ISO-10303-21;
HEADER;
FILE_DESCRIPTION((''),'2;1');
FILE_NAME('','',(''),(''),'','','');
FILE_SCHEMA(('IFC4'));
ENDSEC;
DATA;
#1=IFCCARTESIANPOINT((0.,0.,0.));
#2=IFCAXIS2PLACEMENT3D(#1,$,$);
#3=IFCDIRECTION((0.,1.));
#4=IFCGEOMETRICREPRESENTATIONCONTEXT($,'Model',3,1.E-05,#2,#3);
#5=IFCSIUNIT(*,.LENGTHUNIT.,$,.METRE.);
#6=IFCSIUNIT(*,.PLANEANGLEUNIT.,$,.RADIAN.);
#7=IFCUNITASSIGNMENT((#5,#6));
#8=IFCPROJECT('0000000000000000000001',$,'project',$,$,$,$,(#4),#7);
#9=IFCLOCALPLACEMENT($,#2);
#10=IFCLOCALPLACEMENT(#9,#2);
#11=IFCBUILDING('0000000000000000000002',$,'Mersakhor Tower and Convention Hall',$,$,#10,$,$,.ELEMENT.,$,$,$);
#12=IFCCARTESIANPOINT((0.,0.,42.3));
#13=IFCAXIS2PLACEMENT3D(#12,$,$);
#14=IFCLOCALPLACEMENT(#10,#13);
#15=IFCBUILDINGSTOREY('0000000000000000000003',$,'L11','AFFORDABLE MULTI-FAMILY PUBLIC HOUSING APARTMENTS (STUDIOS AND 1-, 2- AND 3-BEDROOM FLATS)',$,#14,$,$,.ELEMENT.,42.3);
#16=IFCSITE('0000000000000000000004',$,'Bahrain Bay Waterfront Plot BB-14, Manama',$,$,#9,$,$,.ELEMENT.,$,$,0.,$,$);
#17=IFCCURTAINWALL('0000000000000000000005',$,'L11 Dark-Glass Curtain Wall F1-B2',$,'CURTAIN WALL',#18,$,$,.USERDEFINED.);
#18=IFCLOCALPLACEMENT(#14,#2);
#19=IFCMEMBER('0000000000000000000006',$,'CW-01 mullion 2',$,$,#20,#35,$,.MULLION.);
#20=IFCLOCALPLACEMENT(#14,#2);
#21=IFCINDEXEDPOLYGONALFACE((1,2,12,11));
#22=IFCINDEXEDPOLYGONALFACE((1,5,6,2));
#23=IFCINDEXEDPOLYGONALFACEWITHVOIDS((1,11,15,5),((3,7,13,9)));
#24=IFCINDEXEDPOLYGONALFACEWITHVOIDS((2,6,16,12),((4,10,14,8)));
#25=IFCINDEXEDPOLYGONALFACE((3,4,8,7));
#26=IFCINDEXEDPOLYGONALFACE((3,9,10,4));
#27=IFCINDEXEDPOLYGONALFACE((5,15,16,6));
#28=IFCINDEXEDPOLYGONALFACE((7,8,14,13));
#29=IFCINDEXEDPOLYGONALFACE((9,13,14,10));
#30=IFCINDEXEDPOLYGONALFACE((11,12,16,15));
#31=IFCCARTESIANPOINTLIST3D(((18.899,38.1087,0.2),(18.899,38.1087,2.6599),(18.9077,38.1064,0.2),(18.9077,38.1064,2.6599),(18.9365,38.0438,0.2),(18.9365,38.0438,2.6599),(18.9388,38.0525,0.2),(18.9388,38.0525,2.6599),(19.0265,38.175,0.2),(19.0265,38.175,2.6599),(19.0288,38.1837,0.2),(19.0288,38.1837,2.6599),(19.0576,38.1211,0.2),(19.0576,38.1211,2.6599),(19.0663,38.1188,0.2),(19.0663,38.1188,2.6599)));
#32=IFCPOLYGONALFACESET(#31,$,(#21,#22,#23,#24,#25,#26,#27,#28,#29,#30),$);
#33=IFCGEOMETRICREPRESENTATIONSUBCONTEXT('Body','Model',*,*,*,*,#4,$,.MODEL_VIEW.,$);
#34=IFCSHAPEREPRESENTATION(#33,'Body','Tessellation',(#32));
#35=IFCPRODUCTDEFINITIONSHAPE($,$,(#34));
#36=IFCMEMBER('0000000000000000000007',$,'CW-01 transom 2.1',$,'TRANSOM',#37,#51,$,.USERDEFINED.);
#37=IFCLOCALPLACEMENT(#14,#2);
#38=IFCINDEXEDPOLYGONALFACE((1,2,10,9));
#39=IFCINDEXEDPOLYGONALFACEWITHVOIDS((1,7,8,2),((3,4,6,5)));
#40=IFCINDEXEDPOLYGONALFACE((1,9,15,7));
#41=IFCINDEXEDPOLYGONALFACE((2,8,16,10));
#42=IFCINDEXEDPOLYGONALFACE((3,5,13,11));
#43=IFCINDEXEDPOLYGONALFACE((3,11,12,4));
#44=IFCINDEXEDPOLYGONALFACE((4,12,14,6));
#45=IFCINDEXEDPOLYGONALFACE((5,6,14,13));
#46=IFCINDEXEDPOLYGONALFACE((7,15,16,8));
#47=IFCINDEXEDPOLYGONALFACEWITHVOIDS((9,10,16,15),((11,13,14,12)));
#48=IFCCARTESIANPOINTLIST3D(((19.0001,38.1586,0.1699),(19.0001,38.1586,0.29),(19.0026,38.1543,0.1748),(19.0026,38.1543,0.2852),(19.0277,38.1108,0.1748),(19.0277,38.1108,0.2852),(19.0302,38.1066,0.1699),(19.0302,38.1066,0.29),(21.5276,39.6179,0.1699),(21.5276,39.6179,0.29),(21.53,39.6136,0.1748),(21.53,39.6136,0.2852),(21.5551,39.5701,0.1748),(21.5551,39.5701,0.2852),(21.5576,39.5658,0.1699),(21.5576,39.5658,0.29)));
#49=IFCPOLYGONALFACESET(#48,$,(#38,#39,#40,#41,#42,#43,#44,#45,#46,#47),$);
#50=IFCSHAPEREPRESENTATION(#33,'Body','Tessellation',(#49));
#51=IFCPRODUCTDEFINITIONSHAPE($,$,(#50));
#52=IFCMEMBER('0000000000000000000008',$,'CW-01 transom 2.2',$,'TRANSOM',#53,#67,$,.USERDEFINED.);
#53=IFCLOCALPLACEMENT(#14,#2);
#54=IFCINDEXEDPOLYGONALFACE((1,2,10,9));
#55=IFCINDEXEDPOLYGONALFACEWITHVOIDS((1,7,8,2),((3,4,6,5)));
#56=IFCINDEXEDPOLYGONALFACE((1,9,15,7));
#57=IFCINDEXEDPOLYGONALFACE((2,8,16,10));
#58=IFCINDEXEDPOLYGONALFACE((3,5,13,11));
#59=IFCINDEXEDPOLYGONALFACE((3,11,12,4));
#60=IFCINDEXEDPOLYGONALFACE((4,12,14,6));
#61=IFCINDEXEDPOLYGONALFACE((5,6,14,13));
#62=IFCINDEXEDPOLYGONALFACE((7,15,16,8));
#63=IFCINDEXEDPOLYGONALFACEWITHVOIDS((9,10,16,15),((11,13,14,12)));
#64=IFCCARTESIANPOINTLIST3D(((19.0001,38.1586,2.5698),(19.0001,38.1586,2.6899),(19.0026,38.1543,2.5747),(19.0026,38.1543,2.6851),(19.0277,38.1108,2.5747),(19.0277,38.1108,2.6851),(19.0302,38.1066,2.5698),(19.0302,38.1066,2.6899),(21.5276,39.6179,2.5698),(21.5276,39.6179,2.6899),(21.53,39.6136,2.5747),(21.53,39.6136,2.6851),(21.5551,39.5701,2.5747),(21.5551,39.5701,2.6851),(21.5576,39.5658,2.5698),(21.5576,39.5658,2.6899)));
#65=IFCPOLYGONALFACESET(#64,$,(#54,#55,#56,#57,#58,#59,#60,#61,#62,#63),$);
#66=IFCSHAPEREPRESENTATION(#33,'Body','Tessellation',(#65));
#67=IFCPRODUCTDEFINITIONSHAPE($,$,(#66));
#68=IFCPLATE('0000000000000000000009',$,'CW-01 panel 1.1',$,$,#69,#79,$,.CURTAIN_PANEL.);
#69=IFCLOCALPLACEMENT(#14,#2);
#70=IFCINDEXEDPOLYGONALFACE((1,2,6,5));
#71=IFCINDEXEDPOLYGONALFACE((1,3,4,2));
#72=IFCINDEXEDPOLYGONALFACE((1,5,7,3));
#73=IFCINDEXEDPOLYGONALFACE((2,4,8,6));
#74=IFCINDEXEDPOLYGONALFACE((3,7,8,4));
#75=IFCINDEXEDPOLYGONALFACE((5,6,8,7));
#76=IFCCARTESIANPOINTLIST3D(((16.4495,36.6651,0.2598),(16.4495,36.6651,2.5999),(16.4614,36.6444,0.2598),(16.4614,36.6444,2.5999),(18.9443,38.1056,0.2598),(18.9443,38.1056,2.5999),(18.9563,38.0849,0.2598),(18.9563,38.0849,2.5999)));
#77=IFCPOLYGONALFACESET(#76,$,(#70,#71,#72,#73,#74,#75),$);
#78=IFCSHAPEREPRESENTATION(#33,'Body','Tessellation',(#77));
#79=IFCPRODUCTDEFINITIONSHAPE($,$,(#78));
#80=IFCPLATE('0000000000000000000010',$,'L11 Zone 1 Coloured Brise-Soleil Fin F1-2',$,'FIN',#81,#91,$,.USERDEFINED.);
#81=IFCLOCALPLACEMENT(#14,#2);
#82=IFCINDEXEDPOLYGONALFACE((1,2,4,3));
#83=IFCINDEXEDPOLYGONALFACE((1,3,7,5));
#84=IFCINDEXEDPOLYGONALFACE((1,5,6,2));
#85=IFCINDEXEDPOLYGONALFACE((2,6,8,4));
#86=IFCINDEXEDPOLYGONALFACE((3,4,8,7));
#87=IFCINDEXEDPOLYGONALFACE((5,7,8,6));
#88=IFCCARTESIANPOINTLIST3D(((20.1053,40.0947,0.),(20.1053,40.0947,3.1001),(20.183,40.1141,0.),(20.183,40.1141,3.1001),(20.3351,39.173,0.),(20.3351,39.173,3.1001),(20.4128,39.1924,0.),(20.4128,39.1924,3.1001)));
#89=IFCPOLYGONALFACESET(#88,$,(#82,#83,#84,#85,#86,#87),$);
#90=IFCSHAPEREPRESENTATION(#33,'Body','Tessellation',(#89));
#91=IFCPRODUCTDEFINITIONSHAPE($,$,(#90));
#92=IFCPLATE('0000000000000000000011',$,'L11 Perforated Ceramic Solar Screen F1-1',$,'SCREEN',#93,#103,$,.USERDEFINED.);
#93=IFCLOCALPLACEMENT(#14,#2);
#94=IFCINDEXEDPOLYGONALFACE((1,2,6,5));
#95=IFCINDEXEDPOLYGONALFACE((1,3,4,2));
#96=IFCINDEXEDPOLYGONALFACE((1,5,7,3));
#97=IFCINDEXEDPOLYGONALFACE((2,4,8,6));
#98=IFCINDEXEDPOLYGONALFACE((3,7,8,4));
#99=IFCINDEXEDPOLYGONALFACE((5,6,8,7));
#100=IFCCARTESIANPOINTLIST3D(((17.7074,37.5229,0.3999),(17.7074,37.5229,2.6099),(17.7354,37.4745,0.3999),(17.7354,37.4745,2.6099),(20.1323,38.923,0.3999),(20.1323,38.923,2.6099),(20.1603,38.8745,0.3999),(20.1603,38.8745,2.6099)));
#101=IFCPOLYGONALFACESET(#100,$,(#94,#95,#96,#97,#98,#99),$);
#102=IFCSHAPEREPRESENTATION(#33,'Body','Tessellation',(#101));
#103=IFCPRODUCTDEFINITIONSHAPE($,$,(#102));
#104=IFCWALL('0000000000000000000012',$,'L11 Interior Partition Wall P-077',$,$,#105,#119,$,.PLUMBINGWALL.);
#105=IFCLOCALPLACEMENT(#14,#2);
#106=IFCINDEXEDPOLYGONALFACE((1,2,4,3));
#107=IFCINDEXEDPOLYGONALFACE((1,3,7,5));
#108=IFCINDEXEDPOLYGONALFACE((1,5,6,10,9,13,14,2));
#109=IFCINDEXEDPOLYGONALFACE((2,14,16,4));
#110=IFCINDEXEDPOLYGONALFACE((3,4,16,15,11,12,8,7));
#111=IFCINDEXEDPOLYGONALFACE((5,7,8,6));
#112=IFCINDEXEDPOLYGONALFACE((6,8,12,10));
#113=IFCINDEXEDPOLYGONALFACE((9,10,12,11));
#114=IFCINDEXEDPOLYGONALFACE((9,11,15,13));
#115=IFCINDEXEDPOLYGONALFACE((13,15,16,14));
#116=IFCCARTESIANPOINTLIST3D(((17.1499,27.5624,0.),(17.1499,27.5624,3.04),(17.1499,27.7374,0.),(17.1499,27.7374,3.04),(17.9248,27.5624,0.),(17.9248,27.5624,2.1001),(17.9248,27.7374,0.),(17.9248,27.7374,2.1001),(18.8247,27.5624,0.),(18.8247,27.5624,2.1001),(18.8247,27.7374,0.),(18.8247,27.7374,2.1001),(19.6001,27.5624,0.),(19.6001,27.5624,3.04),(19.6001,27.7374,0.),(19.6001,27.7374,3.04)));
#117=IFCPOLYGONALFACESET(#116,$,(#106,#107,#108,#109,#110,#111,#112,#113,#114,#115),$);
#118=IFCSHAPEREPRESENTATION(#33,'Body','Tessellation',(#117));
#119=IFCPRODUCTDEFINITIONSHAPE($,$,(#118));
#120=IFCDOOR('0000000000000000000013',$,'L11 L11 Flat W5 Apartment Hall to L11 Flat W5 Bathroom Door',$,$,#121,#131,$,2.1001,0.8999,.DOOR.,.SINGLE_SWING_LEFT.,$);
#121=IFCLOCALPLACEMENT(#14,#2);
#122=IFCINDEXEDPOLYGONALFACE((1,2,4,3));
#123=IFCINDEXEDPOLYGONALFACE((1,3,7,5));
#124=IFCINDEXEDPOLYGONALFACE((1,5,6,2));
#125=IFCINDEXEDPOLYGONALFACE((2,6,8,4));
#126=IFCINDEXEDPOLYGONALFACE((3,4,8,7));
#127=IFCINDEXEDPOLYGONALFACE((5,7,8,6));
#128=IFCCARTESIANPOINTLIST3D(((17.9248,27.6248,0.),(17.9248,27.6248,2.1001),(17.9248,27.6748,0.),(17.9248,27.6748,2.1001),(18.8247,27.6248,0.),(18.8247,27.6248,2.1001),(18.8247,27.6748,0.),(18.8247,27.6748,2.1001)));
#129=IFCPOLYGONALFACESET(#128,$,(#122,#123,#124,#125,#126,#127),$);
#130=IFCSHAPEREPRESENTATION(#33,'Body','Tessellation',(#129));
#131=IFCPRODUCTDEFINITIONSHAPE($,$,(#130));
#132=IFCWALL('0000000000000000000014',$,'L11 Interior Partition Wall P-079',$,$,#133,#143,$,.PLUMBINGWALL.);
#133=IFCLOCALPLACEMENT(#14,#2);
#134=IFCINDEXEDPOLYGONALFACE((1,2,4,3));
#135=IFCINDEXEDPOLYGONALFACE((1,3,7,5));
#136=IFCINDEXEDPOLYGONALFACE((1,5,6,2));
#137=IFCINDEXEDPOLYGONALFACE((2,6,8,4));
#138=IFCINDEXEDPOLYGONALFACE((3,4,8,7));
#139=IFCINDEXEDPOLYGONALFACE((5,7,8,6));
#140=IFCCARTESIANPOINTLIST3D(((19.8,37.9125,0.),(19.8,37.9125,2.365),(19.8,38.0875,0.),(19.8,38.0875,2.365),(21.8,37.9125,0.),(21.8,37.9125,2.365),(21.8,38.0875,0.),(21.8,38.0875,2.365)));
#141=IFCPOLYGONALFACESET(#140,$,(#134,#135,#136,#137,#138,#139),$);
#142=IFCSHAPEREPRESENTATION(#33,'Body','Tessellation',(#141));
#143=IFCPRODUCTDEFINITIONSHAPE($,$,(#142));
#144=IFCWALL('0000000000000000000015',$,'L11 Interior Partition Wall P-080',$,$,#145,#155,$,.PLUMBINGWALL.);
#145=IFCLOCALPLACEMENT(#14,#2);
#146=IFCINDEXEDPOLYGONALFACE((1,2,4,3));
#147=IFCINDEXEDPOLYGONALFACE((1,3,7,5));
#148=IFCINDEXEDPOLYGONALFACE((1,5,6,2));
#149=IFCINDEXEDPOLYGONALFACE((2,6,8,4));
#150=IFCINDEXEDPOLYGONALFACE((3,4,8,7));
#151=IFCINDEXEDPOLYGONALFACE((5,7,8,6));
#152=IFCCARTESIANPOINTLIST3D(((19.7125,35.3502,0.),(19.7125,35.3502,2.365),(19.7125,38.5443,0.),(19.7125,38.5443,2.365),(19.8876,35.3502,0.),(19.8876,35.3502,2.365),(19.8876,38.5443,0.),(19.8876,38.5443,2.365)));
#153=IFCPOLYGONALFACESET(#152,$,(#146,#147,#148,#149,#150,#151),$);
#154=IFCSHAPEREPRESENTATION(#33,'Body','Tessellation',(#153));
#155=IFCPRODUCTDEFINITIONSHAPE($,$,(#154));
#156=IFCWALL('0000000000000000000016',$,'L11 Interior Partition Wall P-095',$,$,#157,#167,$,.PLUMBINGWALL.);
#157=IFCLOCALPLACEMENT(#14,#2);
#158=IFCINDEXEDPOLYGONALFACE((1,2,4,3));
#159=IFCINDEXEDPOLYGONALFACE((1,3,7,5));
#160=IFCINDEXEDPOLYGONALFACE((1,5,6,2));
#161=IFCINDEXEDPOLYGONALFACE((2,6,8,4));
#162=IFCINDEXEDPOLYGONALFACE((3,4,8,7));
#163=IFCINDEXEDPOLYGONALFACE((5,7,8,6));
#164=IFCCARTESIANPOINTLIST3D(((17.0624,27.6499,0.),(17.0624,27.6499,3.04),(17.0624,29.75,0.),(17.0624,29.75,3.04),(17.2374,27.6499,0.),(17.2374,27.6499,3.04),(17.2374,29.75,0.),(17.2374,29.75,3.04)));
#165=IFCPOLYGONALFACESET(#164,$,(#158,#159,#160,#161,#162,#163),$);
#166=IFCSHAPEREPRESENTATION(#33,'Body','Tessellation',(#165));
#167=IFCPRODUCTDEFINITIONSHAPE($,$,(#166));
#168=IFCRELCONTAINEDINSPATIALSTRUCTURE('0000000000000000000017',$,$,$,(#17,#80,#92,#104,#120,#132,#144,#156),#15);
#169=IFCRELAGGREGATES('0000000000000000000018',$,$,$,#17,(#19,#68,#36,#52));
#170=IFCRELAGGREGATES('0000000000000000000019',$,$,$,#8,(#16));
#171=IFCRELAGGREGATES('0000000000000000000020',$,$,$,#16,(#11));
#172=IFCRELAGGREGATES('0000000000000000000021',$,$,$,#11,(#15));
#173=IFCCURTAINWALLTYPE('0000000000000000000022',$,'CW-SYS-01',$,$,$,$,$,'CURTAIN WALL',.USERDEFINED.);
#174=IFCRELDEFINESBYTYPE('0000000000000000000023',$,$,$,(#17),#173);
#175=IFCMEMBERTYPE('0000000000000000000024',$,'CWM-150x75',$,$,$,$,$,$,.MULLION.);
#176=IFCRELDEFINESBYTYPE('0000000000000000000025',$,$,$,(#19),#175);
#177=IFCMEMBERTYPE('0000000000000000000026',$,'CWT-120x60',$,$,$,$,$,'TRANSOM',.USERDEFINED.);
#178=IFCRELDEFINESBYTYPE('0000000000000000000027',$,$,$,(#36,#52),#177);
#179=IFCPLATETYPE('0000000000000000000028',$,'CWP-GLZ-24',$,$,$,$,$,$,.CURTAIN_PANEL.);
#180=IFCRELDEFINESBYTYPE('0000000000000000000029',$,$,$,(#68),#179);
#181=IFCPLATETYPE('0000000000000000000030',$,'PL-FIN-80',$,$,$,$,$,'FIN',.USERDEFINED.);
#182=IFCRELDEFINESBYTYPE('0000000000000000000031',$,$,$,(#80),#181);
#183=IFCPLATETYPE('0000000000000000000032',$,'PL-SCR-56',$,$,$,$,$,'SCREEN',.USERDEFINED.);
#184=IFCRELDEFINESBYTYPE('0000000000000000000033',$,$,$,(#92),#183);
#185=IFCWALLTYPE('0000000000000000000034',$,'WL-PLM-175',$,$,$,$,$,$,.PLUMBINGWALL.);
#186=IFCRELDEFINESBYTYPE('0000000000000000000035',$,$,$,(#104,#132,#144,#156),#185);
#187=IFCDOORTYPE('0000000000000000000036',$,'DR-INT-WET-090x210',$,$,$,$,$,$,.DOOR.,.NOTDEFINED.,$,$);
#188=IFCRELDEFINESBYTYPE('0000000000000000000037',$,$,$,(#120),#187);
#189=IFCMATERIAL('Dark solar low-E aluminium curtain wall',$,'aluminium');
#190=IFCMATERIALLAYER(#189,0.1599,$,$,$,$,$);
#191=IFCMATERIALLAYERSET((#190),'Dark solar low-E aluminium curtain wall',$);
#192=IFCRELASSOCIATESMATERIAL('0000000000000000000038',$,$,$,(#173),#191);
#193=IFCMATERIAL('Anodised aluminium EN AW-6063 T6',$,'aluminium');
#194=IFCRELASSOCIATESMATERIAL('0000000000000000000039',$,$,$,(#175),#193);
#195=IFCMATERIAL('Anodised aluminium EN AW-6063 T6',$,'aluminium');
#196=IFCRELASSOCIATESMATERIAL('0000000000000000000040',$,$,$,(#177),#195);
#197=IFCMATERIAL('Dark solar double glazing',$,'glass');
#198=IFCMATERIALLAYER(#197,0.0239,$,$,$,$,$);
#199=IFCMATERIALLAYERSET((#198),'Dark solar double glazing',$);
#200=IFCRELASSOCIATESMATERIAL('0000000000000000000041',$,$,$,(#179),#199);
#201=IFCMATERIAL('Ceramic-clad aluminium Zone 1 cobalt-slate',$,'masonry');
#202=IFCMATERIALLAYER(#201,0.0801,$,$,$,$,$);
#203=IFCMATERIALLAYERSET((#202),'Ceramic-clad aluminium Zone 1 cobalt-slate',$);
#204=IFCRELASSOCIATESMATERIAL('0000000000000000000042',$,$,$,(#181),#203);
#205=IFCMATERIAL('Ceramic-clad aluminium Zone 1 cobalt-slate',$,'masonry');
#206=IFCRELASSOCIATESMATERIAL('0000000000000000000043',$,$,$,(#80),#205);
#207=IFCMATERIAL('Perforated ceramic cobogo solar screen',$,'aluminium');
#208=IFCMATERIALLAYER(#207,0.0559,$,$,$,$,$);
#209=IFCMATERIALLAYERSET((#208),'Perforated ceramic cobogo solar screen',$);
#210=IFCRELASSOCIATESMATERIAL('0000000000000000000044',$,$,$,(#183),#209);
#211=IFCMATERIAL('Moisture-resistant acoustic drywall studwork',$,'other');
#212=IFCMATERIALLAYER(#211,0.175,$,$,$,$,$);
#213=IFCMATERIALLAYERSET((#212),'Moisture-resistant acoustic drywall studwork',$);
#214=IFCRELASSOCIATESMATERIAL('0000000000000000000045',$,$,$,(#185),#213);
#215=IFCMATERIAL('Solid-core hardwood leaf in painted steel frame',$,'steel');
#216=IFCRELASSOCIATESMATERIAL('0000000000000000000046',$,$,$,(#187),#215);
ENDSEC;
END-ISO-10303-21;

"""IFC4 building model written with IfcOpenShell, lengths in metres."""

from ifc_helpers import new_model, si_unit, direction, frame, frame_2d, origin, origin_2d, place, context, subcontext, project, spatial, rectangle, hollow_rectangle, extrude, material, layer, layer_set, material_profile, profile_set, type_object, element, fill, aggregate, save


model = new_model("IFC4")

# Units and contexts
model_context = context("Model", 3, precision=1e-05, world=origin(), true_north=direction((0.0, 1.0)))
body_context = subcontext(model_context, "Body", "Model", "MODEL_VIEW")
ifc_project = project(units=[si_unit("LENGTHUNIT", "METRE"), si_unit("PLANEANGLEUNIT", "RADIAN")], contexts=[model_context])

# Site, building, storey
site_placement = place(None, origin())
site = spatial("IfcSite", under=ifc_project, at=site_placement, Name="Bahrain Bay Waterfront Plot BB-14, Manama", CompositionType="ELEMENT", RefElevation=0.0)
building_placement = place(site_placement, origin())
building = spatial("IfcBuilding", under=site, at=building_placement, Name="Mersakhor Tower and Convention Hall", CompositionType="ELEMENT")
storey_placement = place(building_placement, frame((0.0, 0.0, 42.3)))
storey = spatial("IfcBuildingStorey", under=building, at=storey_placement, Name="L11", Description="AFFORDABLE MULTI-FAMILY PUBLIC HOUSING APARTMENTS (STUDIOS AND 1-, 2- AND 3-BEDROOM FLATS)", CompositionType="ELEMENT", Elevation=42.3)

# Curtain wall, members, plate
ifc_material_1 = material(Name="Dark solar low-E aluminium curtain wall", Category="aluminium")
ifc_layer_1 = layer(ifc_material_1, 0.1599)
ifc_layer_set_1 = layer_set([ifc_layer_1], Name="Dark solar low-E aluminium curtain wall")
curtain_wall_type = type_object("IfcCurtainWallType", Name="CW-SYS-01", ElementType="CURTAIN WALL", PredefinedType="USERDEFINED", material=ifc_layer_set_1)
curtain_wall_placement = place(storey_placement, origin())
curtain_wall = element("IfcCurtainWall", 1, at=curtain_wall_placement, inside=storey, type_object=curtain_wall_type, Name="L11 Dark-Glass Curtain Wall F1-B2", ObjectType="CURTAIN WALL", PredefinedType="USERDEFINED")
ifc_material_2 = material(Name="Anodised aluminium EN AW-6063 T6", Category="aluminium")
ifc_material_profile_1 = material_profile(ifc_material_2, hollow_rectangle(XDim=0.075, YDim=0.1499, WallThickness=0.0063, at=origin_2d()), Name="RHS 150x75x6.3")
ifc_profile_set_1 = profile_set([ifc_material_profile_1], Name="Anodised aluminium EN AW-6063 T6")
member_type_1 = type_object("IfcMemberType", Name="CWM-150x75", PredefinedType="MULLION", material=ifc_profile_set_1)
member_1_placement = place(storey_placement, frame((18.9827, 38.1138, 0.2), z_axis=(0.0, 0.0, 1.0), x_axis=(-0.500003, 0.866023, 0.0)))
member_1 = element("IfcMember", 2, at=member_1_placement, type_object=member_type_1, Name="CW-01 mullion 2", PredefinedType="MULLION", context=body_context, shape_type="SweptSolid", body=[
    extrude(hollow_rectangle(XDim=0.075, YDim=0.1499, WallThickness=0.0063, at=origin_2d()), origin(), (0.0, 0.0, 1.0), 2.46),
])
ifc_material_3 = material(Name="Anodised aluminium EN AW-6063 T6", Category="aluminium")
ifc_material_profile_2 = material_profile(ifc_material_3, hollow_rectangle(XDim=0.0601, YDim=0.1201, WallThickness=0.0049, at=origin_2d()), Name="RHS 120x60x5")
ifc_profile_set_2 = profile_set([ifc_material_profile_2], Name="Anodised aluminium EN AW-6063 T6")
member_type_2 = type_object("IfcMemberType", Name="CWT-120x60", ElementType="TRANSOM", PredefinedType="USERDEFINED", material=ifc_profile_set_2)
member_2_placement = place(storey_placement, frame((19.0151, 38.1326, 0.23), z_axis=(0.866016, 0.500017, 0.0), x_axis=(-0.500017, 0.866016, 0.0)))
member_2 = element("IfcMember", 3, at=member_2_placement, type_object=member_type_2, Name="CW-01 transom 2.1", ObjectType="TRANSOM", PredefinedType="USERDEFINED", context=body_context, shape_type="SweptSolid", body=[
    extrude(hollow_rectangle(XDim=0.0601, YDim=0.1201, WallThickness=0.0049, at=origin_2d()), origin(), (0.0, 0.0, 1.0), 2.9185),
])
member_3_placement = place(storey_placement, frame((19.0151, 38.1326, 2.6299), z_axis=(0.866016, 0.500017, 0.0), x_axis=(-0.500017, 0.866016, 0.0)))
member_3 = element("IfcMember", 4, at=member_3_placement, type_object=member_type_2, Name="CW-01 transom 2.2", ObjectType="TRANSOM", PredefinedType="USERDEFINED", context=body_context, shape_type="SweptSolid", body=[
    extrude(hollow_rectangle(XDim=0.0601, YDim=0.1201, WallThickness=0.0049, at=origin_2d()), origin(), (0.0, 0.0, 1.0), 2.9185),
])
ifc_material_4 = material(Name="Dark solar double glazing", Category="glass")
ifc_layer_2 = layer(ifc_material_4, 0.0239)
ifc_layer_set_2 = layer_set([ifc_layer_2], Name="Dark solar double glazing")
plate_type_1 = type_object("IfcPlateType", Name="CWP-GLZ-24", PredefinedType="CURTAIN_PANEL", material=ifc_layer_set_2)
plate_1_placement = place(storey_placement, frame((17.7029, 37.375, 0.2598), z_axis=(0.0, 0.0, 1.0), x_axis=(0.866023, 0.500003, 0.0)))
plate_1 = element("IfcPlate", 5, at=plate_1_placement, type_object=plate_type_1, Name="CW-01 panel 1.1", PredefinedType="CURTAIN_PANEL", context=body_context, shape_type="SweptSolid", body=[
    extrude(rectangle(XDim=2.8809, YDim=0.0239, at=origin_2d()), origin(), (0.0, 0.0, 1.0), 2.3401),
])
aggregate(curtain_wall, [member_1, plate_1, member_2, member_3])

# Plates
ifc_material_5 = material(Name="Ceramic-clad aluminium Zone 1 cobalt-slate", Category="masonry")
ifc_material_6 = material(Name="Ceramic-clad aluminium Zone 1 cobalt-slate", Category="masonry")
ifc_layer_3 = layer(ifc_material_6, 0.0801)
ifc_layer_set_3 = layer_set([ifc_layer_3], Name="Ceramic-clad aluminium Zone 1 cobalt-slate")
plate_type_2 = type_object("IfcPlateType", Name="PL-FIN-80", ElementType="FIN", PredefinedType="USERDEFINED", material=ifc_layer_set_3)
plate_2_placement = place(storey_placement, frame((20.259, 39.6436, 0.0), z_axis=(0.0, 0.0, 1.0), x_axis=(-0.241922, 0.970296, 0.0)))
element("IfcPlate", 6, at=plate_2_placement, inside=storey, type_object=plate_type_2, material=ifc_material_5, Name="L11 Zone 1 Coloured Brise-Soleil Fin F1-2", ObjectType="FIN", PredefinedType="USERDEFINED", context=body_context, shape_type="SweptSolid", body=[
    extrude(rectangle(XDim=0.95, YDim=0.0801, at=origin_2d()), origin(), (0.0, 0.0, 1.0), 3.1001),
])
ifc_material_7 = material(Name="Perforated ceramic cobogo solar screen", Category="aluminium")
ifc_layer_4 = layer(ifc_material_7, 0.0559)
ifc_layer_set_4 = layer_set([ifc_layer_4], Name="Perforated ceramic cobogo solar screen")
plate_type_3 = type_object("IfcPlateType", Name="PL-SCR-56", ElementType="SCREEN", PredefinedType="USERDEFINED", material=ifc_layer_set_4)
plate_3_placement = place(storey_placement, frame((18.9338, 38.1987, 0.3999), z_axis=(0.0, 0.0, 1.0), x_axis=(0.866025, 0.5, 0.0)))
element("IfcPlate", 7, at=plate_3_placement, inside=storey, type_object=plate_type_3, Name="L11 Perforated Ceramic Solar Screen F1-1", ObjectType="SCREEN", PredefinedType="USERDEFINED", context=body_context, shape_type="SweptSolid", body=[
    extrude(rectangle(XDim=2.8, YDim=0.0559, at=origin_2d()), origin(), (0.0, 0.0, 1.0), 2.21),
])

# Wall, opening, door
ifc_material_8 = material(Name="Moisture-resistant acoustic drywall studwork", Category="other")
ifc_layer_5 = layer(ifc_material_8, 0.175)
ifc_layer_set_5 = layer_set([ifc_layer_5], Name="Moisture-resistant acoustic drywall studwork")
wall_type_1 = type_object("IfcWallType", Name="WL-PLM-175", PredefinedType="PLUMBINGWALL", material=ifc_layer_set_5)
wall_1_placement = place(storey_placement, frame((17.1499, 27.6499, 0.0), z_axis=(0.0, 0.0, 1.0), x_axis=(1.0, 0.0, 0.0)))
wall_1 = element("IfcWall", 8, at=wall_1_placement, inside=storey, type_object=wall_type_1, Name="L11 Interior Partition Wall P-077", PredefinedType="PLUMBINGWALL", context=body_context, shape_type="SweptSolid", body=[
    extrude(rectangle(XDim=2.4502, YDim=0.175, at=frame_2d((1.2251, 0.0))), origin(), (0.0, 0.0, 1.0), 3.04),
])
opening_1_placement = place(wall_1_placement, frame((0.7749, 0.0, 0.0)))
opening_1 = element("IfcOpeningElement", 9, at=opening_1_placement, cuts=wall_1, PredefinedType="OPENING", context=body_context, shape_type="SweptSolid", body=[
    extrude(rectangle(XDim=0.8999, YDim=2.1001, at=frame_2d((0.45, 1.05))), frame((0.0, 0.0974, 0.0), z_axis=(0.0, -1.0, 0.0), x_axis=(1.0, 0.0, 0.0)), (0.0, 0.0, 1.0), 0.1951),
])
ifc_material_9 = material(Name="Solid-core hardwood leaf in painted steel frame", Category="steel")
door_type_1 = type_object("IfcDoorType", Name="DR-INT-WET-090x210", OperationType="NOTDEFINED", PredefinedType="DOOR", material=ifc_material_9)
door_1_placement = place(opening_1_placement, origin())
door_1 = element("IfcDoor", 10, at=door_1_placement, inside=storey, type_object=door_type_1, Name="L11 L11 Flat W5 Apartment Hall to L11 Flat W5 Bathroom Door", OperationType="SINGLE_SWING_LEFT", OverallHeight=2.1001, OverallWidth=0.8999, PredefinedType="DOOR", context=body_context, shape_type="SweptSolid", body=[
    extrude(rectangle(XDim=0.8999, YDim=2.1001, at=frame_2d((0.45, 1.05))), frame((0.0, 0.0249, 0.0), z_axis=(0.0, -1.0, 0.0), x_axis=(1.0, 0.0, 0.0)), (0.0, 0.0, 1.0), 0.05),
])
fill(opening_1, door_1)

# Walls
wall_2_placement = place(storey_placement, frame((19.8, 38.0, 0.0), z_axis=(0.0, 0.0, 1.0), x_axis=(1.0, 0.0, 0.0)))
element("IfcWall", 11, at=wall_2_placement, inside=storey, type_object=wall_type_1, Name="L11 Interior Partition Wall P-079", PredefinedType="PLUMBINGWALL", context=body_context, shape_type="SweptSolid", body=[
    extrude(rectangle(XDim=2.0, YDim=0.175, at=frame_2d((1.0, 0.0))), origin(), (0.0, 0.0, 1.0), 2.365),
])
wall_3_placement = place(storey_placement, frame((19.8, 35.3501, 0.0), z_axis=(0.0, 0.0, 1.0), x_axis=(0.0, 1.0, 0.0)))
element("IfcWall", 12, at=wall_3_placement, inside=storey, type_object=wall_type_1, Name="L11 Interior Partition Wall P-080", PredefinedType="PLUMBINGWALL", context=body_context, shape_type="SweptSolid", body=[
    extrude(rectangle(XDim=3.1941, YDim=0.175, at=frame_2d((1.5972, 0.0))), origin(), (0.0, 0.0, 1.0), 2.365),
])
wall_4_placement = place(storey_placement, frame((17.1499, 27.6499, 0.0), z_axis=(0.0, 0.0, 1.0), x_axis=(0.0, 1.0, 0.0)))
element("IfcWall", 13, at=wall_4_placement, inside=storey, type_object=wall_type_1, Name="L11 Interior Partition Wall P-095", PredefinedType="PLUMBINGWALL", context=body_context, shape_type="SweptSolid", body=[
    extrude(rectangle(XDim=2.1001, YDim=0.175, at=frame_2d((1.05, 0.0))), origin(), (0.0, 0.0, 1.0), 3.04),
])

save(model, "model.ifc")
